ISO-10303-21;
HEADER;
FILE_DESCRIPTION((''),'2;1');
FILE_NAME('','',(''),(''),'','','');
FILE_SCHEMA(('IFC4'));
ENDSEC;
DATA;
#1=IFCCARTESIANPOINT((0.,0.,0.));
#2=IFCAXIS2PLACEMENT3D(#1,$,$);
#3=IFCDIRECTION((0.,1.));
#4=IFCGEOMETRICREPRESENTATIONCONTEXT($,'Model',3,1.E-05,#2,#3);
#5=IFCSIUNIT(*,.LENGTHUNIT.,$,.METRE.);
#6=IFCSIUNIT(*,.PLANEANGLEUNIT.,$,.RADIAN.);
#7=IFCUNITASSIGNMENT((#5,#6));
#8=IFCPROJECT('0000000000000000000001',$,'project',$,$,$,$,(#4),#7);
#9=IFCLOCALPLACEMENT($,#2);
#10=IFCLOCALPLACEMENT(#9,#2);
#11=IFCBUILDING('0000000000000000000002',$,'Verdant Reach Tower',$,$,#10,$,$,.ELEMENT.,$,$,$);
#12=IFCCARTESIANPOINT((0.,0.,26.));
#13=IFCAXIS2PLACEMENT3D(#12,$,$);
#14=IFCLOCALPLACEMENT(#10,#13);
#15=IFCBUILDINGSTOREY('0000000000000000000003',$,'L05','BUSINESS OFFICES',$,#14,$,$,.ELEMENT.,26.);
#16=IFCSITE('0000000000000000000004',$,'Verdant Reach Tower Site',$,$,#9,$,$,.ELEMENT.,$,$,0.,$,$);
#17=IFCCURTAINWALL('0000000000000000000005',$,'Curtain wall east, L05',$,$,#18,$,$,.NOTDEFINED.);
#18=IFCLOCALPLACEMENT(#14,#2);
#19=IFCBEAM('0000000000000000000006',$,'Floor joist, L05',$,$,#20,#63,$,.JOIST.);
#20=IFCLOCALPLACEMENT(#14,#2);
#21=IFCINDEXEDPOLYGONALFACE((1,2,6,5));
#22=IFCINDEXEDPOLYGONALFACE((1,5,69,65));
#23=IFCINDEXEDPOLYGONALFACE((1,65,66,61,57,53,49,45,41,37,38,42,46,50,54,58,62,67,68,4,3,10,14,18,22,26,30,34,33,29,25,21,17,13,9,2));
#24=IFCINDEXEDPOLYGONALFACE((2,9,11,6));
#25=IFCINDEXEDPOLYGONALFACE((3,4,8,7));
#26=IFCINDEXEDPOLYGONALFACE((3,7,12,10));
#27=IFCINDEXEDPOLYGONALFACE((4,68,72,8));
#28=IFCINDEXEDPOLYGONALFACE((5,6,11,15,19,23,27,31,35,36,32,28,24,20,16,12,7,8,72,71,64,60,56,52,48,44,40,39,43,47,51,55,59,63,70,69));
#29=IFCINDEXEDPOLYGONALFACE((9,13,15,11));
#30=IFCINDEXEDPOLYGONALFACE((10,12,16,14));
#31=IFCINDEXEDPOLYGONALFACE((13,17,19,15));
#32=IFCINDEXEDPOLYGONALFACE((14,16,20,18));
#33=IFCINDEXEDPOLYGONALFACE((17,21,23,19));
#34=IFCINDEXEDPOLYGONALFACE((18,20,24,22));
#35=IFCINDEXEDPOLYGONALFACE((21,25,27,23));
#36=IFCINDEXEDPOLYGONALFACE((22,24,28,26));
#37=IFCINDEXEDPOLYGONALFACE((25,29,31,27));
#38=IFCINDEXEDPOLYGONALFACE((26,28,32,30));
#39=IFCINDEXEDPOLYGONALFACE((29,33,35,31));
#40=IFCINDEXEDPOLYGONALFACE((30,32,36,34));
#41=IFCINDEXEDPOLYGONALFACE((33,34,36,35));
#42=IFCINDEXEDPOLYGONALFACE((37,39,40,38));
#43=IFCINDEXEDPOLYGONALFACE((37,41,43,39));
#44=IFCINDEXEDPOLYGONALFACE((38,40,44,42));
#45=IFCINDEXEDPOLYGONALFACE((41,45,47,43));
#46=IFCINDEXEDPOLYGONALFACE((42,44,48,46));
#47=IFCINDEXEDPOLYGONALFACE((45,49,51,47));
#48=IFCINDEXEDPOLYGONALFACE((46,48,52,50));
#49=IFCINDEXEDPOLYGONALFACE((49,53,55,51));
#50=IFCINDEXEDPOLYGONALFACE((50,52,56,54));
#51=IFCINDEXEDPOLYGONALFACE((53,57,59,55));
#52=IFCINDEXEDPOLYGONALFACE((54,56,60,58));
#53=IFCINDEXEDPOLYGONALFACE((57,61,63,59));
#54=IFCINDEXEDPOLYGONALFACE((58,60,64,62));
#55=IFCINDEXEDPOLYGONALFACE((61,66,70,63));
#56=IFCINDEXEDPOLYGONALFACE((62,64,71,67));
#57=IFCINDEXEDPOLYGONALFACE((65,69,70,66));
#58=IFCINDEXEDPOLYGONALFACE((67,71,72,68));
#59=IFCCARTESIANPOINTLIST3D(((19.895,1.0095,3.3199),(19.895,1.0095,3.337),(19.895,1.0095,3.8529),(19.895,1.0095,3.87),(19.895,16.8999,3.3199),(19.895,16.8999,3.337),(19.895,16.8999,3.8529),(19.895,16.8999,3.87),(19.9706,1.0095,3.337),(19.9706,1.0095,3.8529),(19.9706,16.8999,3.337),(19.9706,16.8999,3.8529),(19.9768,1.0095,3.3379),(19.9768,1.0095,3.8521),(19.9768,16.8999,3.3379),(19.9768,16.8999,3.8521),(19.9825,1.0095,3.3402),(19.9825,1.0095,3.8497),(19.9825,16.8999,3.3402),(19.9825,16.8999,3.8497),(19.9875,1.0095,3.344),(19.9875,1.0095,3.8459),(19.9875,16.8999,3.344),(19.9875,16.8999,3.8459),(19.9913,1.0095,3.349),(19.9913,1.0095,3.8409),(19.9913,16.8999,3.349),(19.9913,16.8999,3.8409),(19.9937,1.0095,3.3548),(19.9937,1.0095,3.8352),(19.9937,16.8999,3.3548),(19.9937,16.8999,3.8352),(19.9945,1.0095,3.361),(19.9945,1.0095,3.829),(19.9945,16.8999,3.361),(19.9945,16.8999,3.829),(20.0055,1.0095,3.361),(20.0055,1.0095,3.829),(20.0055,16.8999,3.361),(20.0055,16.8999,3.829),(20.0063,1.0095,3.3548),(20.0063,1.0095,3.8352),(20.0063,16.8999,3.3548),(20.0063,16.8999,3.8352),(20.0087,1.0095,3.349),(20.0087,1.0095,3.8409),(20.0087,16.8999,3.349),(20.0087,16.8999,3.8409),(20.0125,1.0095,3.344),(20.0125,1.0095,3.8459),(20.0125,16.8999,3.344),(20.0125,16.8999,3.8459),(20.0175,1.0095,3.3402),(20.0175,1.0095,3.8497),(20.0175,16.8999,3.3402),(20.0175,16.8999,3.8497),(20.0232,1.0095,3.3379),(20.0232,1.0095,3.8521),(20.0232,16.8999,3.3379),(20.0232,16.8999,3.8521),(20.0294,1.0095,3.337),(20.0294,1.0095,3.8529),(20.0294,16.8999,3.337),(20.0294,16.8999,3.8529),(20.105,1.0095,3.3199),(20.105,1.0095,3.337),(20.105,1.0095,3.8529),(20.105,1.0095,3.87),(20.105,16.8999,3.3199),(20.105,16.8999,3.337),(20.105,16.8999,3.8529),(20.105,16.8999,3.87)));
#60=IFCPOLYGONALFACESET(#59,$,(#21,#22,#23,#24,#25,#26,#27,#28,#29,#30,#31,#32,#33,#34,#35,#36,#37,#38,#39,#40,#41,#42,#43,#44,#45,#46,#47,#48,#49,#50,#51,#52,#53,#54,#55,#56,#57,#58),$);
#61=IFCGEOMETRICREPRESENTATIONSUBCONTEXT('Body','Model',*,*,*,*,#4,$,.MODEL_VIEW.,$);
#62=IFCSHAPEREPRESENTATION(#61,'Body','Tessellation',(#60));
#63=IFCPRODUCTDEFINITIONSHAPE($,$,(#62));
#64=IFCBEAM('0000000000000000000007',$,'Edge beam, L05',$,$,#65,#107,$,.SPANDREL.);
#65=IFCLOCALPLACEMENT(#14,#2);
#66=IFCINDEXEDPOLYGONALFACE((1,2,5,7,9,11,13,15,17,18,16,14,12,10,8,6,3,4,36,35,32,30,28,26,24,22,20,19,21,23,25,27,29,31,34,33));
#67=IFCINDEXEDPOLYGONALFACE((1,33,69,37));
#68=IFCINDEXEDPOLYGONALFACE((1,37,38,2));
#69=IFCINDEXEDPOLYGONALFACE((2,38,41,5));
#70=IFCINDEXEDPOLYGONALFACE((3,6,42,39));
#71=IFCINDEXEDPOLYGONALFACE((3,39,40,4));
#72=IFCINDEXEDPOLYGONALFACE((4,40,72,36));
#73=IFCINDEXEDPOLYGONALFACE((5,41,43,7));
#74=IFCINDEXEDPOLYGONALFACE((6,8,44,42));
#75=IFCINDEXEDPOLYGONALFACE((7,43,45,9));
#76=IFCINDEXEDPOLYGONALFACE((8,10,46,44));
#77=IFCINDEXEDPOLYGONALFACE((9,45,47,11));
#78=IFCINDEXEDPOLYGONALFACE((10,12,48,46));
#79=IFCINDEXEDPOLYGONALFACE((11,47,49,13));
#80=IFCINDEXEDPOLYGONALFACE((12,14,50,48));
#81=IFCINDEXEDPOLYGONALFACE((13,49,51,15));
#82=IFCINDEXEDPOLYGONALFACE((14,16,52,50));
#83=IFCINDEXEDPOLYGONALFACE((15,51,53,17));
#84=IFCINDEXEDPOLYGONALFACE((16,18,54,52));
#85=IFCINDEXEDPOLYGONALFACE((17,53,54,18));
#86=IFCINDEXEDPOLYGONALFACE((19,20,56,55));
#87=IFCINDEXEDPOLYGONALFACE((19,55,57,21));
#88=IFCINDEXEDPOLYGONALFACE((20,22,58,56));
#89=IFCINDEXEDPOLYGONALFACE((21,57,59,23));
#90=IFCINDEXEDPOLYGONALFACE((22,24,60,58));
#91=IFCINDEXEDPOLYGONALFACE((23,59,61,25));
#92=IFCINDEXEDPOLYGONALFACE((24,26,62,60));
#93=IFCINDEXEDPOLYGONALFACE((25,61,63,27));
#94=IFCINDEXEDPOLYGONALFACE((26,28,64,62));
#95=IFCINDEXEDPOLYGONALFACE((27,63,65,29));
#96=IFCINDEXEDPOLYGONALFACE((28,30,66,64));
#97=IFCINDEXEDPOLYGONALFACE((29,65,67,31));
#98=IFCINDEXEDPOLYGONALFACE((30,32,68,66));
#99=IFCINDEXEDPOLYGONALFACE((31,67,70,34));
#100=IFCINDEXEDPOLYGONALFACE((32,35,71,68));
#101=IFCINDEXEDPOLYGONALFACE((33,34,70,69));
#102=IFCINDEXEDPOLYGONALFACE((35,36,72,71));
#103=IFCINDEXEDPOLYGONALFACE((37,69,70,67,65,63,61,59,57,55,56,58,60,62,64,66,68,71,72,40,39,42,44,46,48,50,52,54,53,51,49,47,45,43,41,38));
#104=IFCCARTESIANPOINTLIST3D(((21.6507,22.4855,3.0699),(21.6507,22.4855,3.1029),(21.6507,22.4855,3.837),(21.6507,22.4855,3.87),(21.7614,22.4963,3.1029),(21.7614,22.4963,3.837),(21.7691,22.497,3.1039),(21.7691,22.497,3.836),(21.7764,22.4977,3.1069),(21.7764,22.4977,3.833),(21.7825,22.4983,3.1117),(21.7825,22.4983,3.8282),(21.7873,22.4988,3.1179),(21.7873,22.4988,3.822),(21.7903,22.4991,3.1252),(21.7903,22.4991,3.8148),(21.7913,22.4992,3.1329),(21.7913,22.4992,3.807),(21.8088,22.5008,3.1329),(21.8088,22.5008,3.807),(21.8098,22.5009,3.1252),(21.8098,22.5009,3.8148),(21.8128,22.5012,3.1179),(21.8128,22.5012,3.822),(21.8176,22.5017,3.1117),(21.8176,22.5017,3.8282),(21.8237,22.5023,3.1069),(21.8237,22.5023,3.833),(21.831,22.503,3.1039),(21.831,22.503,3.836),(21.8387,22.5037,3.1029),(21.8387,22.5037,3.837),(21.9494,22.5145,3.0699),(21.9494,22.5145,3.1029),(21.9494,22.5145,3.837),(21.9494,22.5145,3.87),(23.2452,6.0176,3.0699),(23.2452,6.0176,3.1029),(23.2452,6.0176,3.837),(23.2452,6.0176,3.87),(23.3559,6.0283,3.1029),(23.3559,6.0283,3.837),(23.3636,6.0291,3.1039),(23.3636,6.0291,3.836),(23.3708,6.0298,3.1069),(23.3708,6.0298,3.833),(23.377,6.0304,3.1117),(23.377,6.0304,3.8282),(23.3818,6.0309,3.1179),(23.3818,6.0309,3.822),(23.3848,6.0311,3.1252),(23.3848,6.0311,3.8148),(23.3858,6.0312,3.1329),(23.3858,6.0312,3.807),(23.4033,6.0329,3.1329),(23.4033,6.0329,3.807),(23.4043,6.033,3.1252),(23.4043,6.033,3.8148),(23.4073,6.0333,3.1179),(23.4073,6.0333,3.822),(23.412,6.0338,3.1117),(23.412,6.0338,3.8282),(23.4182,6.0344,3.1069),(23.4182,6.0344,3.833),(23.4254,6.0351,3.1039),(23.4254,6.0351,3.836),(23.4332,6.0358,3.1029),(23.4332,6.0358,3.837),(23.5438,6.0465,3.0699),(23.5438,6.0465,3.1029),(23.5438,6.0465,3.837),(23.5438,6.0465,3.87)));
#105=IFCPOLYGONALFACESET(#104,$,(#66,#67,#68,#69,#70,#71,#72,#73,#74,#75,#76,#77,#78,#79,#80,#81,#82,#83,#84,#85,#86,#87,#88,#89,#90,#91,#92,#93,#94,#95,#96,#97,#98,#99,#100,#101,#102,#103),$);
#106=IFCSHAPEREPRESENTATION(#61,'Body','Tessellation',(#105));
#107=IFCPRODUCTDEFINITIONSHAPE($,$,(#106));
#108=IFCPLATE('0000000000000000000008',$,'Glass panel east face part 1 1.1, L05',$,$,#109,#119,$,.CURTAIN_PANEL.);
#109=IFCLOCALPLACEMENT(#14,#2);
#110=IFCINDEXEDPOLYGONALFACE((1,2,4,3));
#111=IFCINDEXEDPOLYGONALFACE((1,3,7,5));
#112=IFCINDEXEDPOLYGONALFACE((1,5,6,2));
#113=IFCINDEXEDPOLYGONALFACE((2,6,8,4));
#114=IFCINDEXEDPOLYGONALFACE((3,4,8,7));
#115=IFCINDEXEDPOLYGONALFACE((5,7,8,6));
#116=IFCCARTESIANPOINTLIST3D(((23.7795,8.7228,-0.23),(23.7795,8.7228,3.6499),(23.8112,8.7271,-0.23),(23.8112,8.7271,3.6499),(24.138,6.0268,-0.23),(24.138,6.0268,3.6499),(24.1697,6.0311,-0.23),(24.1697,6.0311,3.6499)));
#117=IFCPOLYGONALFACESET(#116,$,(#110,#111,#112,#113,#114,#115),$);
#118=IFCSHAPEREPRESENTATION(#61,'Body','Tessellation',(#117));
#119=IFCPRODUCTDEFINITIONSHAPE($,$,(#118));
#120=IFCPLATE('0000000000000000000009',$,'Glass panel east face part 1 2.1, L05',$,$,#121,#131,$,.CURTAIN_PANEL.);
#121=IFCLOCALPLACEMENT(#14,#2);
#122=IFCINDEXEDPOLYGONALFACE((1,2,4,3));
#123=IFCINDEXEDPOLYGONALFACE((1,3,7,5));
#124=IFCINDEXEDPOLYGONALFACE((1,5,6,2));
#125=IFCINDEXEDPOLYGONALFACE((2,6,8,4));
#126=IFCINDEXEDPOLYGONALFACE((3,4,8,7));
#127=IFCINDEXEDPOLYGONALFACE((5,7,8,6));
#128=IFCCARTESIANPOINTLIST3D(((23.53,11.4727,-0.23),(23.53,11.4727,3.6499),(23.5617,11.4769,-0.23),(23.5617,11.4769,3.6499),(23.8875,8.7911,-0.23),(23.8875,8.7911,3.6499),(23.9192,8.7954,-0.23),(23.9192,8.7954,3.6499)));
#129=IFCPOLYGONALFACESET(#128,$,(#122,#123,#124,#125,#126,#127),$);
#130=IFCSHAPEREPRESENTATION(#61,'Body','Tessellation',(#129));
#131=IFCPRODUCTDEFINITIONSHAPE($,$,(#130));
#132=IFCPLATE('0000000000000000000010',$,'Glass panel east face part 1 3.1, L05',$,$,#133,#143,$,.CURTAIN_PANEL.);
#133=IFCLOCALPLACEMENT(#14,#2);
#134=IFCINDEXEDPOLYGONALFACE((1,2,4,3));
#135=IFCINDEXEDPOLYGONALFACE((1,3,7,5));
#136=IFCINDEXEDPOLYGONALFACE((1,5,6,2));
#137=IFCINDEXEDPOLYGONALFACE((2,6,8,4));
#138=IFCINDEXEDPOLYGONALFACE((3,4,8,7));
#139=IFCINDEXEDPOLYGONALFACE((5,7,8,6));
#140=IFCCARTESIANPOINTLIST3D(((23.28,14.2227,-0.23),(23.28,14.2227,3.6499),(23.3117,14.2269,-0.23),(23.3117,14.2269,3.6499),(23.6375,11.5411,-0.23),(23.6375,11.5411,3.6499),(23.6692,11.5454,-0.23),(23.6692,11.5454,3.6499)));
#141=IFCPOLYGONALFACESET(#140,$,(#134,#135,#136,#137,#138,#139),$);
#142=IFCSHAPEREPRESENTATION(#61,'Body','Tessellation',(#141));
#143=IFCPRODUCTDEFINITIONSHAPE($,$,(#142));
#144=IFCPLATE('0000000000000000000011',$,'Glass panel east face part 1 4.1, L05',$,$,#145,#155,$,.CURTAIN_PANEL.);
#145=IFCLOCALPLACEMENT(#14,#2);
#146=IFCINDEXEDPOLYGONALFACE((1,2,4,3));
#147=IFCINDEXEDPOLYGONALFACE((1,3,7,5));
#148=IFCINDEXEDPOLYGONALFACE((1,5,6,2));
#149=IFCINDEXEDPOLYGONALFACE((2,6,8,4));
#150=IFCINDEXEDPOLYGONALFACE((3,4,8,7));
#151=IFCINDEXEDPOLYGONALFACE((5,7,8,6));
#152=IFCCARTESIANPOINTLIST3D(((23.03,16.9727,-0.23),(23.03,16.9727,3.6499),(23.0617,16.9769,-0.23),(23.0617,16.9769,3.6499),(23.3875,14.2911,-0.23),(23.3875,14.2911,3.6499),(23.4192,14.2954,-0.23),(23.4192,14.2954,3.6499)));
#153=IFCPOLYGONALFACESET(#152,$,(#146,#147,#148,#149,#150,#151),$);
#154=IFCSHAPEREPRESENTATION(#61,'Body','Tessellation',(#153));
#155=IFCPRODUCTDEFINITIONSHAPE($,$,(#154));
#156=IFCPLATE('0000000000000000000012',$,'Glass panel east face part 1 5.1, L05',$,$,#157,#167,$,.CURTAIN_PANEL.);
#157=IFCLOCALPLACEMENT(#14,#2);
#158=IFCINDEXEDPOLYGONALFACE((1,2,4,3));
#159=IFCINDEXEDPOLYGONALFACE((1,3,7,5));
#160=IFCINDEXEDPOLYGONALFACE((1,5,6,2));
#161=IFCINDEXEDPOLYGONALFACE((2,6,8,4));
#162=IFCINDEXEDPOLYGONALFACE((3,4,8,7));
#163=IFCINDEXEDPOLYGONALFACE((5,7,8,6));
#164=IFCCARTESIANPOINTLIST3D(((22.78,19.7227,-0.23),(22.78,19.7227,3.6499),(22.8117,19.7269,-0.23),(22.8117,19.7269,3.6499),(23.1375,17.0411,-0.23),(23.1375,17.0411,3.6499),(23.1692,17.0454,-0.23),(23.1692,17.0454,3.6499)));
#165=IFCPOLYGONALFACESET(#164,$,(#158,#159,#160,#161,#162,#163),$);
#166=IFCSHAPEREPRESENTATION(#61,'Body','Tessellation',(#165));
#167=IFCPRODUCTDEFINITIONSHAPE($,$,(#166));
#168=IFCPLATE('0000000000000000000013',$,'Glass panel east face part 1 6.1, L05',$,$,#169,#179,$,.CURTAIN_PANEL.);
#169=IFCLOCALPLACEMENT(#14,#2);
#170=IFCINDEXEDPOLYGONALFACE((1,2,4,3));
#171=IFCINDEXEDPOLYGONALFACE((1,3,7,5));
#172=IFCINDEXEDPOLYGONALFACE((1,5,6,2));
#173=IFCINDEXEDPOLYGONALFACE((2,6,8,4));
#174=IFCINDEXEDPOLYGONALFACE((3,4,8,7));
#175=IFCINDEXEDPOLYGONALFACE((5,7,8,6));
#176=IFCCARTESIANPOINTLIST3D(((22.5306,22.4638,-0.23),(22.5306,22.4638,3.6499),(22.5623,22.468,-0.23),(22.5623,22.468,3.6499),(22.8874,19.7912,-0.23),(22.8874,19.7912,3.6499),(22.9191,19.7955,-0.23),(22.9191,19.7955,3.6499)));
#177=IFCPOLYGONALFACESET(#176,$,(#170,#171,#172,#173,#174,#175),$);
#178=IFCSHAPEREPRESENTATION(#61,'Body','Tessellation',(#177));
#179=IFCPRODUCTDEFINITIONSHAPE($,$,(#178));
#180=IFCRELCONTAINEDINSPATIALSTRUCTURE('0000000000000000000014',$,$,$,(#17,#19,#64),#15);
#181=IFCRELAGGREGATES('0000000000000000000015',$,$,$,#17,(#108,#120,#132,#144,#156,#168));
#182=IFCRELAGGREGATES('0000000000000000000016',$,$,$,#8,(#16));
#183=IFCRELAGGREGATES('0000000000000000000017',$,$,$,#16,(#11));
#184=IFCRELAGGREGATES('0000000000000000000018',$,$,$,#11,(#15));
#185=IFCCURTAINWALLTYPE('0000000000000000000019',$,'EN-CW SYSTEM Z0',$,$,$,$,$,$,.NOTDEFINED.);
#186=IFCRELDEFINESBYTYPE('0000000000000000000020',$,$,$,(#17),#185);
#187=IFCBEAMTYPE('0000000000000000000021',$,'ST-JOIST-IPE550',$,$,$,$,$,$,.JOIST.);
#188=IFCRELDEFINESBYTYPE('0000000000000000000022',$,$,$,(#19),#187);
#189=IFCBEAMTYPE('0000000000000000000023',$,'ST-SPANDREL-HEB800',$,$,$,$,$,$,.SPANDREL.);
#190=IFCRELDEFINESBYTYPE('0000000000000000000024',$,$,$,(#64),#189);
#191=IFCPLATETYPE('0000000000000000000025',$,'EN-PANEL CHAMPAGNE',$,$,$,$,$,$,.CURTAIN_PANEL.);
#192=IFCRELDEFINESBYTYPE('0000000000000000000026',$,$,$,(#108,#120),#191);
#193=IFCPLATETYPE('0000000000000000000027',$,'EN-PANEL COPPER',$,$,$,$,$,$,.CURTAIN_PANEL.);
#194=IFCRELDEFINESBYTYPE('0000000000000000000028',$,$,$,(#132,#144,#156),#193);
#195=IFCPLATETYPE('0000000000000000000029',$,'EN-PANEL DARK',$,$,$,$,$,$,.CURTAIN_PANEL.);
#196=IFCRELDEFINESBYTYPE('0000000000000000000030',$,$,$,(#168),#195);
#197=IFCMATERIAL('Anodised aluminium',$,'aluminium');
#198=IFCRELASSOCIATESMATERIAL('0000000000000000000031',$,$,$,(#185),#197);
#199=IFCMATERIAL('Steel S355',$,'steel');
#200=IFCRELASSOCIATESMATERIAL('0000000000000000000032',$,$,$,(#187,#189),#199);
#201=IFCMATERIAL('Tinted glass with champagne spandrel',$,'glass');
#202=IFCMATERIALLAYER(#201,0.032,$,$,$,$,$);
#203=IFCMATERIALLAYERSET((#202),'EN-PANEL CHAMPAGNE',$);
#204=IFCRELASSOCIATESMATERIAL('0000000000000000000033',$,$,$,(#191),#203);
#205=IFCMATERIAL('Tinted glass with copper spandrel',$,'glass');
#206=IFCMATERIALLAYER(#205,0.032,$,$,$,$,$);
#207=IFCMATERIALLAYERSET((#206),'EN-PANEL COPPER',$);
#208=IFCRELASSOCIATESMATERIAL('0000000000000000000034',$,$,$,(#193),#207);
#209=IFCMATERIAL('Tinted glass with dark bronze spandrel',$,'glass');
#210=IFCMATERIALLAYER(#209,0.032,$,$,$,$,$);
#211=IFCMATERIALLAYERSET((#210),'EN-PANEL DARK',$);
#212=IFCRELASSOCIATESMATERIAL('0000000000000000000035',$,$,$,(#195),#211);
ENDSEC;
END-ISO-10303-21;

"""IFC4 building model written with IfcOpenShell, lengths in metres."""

from ifc_helpers import new_model, si_unit, direction, frame, origin, origin_2d, place, context, subcontext, project, spatial, rectangle, i_section, extrude, material, layer, layer_set, material_profile, profile_set, type_object, element, aggregate, save


model = new_model("IFC4")

# Units and contexts
model_context = context("Model", 3, precision=1e-05, world=origin(), true_north=direction((0.0, 1.0)))
body_context = subcontext(model_context, "Body", "Model", "MODEL_VIEW")
ifc_project = project(units=[si_unit("LENGTHUNIT", "METRE"), si_unit("PLANEANGLEUNIT", "RADIAN")], contexts=[model_context])

# Site, building, storey
site_placement = place(None, origin())
site = spatial("IfcSite", under=ifc_project, at=site_placement, Name="Verdant Reach Tower Site", CompositionType="ELEMENT", RefElevation=0.0)
building_placement = place(site_placement, origin())
building = spatial("IfcBuilding", under=site, at=building_placement, Name="Verdant Reach Tower", CompositionType="ELEMENT")
storey_placement = place(building_placement, frame((0.0, 0.0, 26.0)))
storey = spatial("IfcBuildingStorey", under=building, at=storey_placement, Name="L05", Description="BUSINESS OFFICES", CompositionType="ELEMENT", Elevation=26.0)

# Curtain wall
ifc_material_1 = material(Name="Anodised aluminium", Category="aluminium")
curtain_wall_type = type_object("IfcCurtainWallType", Name="EN-CW SYSTEM Z0", PredefinedType="NOTDEFINED", material=ifc_material_1)
curtain_wall_placement = place(storey_placement, origin())
curtain_wall = element("IfcCurtainWall", 1, at=curtain_wall_placement, inside=storey, type_object=curtain_wall_type, Name="Curtain wall east, L05", PredefinedType="NOTDEFINED")

# Beams
ifc_material_2 = material(Name="Steel S355", Category="steel")
ifc_material_profile_1 = material_profile(ifc_material_2, i_section(OverallWidth=0.21, OverallDepth=0.55, WebThickness=0.011, FlangeThickness=0.0171, FilletRadius=0.0239, at=origin_2d()), Name="IPE 550")
ifc_profile_set_1 = profile_set([ifc_material_profile_1], Name="Steel S355")
beam_type_1 = type_object("IfcBeamType", Name="ST-JOIST-IPE550", PredefinedType="JOIST", material=ifc_profile_set_1)
beam_1_placement = place(storey_placement, frame((20.0, 16.8999, 3.595), z_axis=(0.0, -1.0, 0.0), x_axis=(1.0, 0.0, 0.0)))
element("IfcBeam", 2, at=beam_1_placement, inside=storey, type_object=beam_type_1, Name="Floor joist, L05", PredefinedType="JOIST", context=body_context, shape_type="SweptSolid", body=[
    extrude(i_section(OverallWidth=0.21, OverallDepth=0.55, WebThickness=0.011, FlangeThickness=0.0171, FilletRadius=0.0239, at=origin_2d()), origin(), (0.0, 0.0, 1.0), 15.8904),
])
ifc_material_profile_2 = material_profile(ifc_material_2, i_section(OverallWidth=0.3, OverallDepth=0.8, WebThickness=0.0176, FlangeThickness=0.033, FilletRadius=0.03, at=origin_2d()), Name="HEB 800")
ifc_profile_set_2 = profile_set([ifc_material_profile_2], Name="Steel S355")
beam_type_2 = type_object("IfcBeamType", Name="ST-SPANDREL-HEB800", PredefinedType="SPANDREL", material=ifc_profile_set_2)
beam_2_placement = place(storey_placement, frame((21.8, 22.5, 3.47), z_axis=(0.096372, -0.995345, 0.0), x_axis=(0.995345, 0.096372, 0.0)))
element("IfcBeam", 3, at=beam_2_placement, inside=storey, type_object=beam_type_2, Name="Edge beam, L05", PredefinedType="SPANDREL", context=body_context, shape_type="SweptSolid", body=[
    extrude(i_section(OverallWidth=0.3, OverallDepth=0.8, WebThickness=0.0176, FlangeThickness=0.033, FilletRadius=0.03, at=origin_2d()), origin(), (0.0, 0.0, 1.0), 16.5449),
])

# Plates
ifc_material_3 = material(Name="Tinted glass with champagne spandrel", Category="glass")
ifc_layer_1 = layer(ifc_material_3, 0.032)
ifc_layer_set_1 = layer_set([ifc_layer_1], Name="EN-PANEL CHAMPAGNE")
plate_type_1 = type_object("IfcPlateType", Name="EN-PANEL CHAMPAGNE", PredefinedType="CURTAIN_PANEL", material=ifc_layer_set_1)
plate_1_placement = place(storey_placement, frame((23.9746, 7.377, -0.23), z_axis=(0.0, 0.0, 1.0), x_axis=(-0.131793, 0.991277, 0.0)))
plate_1 = element("IfcPlate", 4, at=plate_1_placement, type_object=plate_type_1, Name="Glass panel east face part 1 1.1, L05", PredefinedType="CURTAIN_PANEL", context=body_context, shape_type="SweptSolid", body=[
    extrude(rectangle(XDim=2.7197, YDim=0.032, at=origin_2d()), origin(), (0.0, 0.0, 1.0), 3.8799),
])
plate_2_placement = place(storey_placement, frame((23.7246, 10.134, -0.23), z_axis=(0.0, 0.0, 1.0), x_axis=(-0.13216, 0.991228, 0.0)))
plate_2 = element("IfcPlate", 5, at=plate_2_placement, type_object=plate_type_1, Name="Glass panel east face part 1 2.1, L05", PredefinedType="CURTAIN_PANEL", context=body_context, shape_type="SweptSolid", body=[
    extrude(rectangle(XDim=2.7053, YDim=0.032, at=origin_2d()), origin(), (0.0, 0.0, 1.0), 3.8799),
])
ifc_material_4 = material(Name="Tinted glass with copper spandrel", Category="glass")
ifc_layer_2 = layer(ifc_material_4, 0.032)
ifc_layer_set_2 = layer_set([ifc_layer_2], Name="EN-PANEL COPPER")
plate_type_2 = type_object("IfcPlateType", Name="EN-PANEL COPPER", PredefinedType="CURTAIN_PANEL", material=ifc_layer_set_2)
plate_3_placement = place(storey_placement, frame((23.4746, 12.884, -0.23), z_axis=(0.0, 0.0, 1.0), x_axis=(-0.13216, 0.991228, 0.0)))
plate_3 = element("IfcPlate", 6, at=plate_3_placement, type_object=plate_type_2, Name="Glass panel east face part 1 3.1, L05", PredefinedType="CURTAIN_PANEL", context=body_context, shape_type="SweptSolid", body=[
    extrude(rectangle(XDim=2.7053, YDim=0.032, at=origin_2d()), origin(), (0.0, 0.0, 1.0), 3.8799),
])
plate_4_placement = place(storey_placement, frame((23.2246, 15.634, -0.23), z_axis=(0.0, 0.0, 1.0), x_axis=(-0.13216, 0.991228, 0.0)))
plate_4 = element("IfcPlate", 7, at=plate_4_placement, type_object=plate_type_2, Name="Glass panel east face part 1 4.1, L05", PredefinedType="CURTAIN_PANEL", context=body_context, shape_type="SweptSolid", body=[
    extrude(rectangle(XDim=2.7053, YDim=0.032, at=origin_2d()), origin(), (0.0, 0.0, 1.0), 3.8799),
])
plate_5_placement = place(storey_placement, frame((22.9746, 18.384, -0.23), z_axis=(0.0, 0.0, 1.0), x_axis=(-0.13216, 0.991228, 0.0)))
plate_5 = element("IfcPlate", 8, at=plate_5_placement, type_object=plate_type_2, Name="Glass panel east face part 1 5.1, L05", PredefinedType="CURTAIN_PANEL", context=body_context, shape_type="SweptSolid", body=[
    extrude(rectangle(XDim=2.7053, YDim=0.032, at=origin_2d()), origin(), (0.0, 0.0, 1.0), 3.8799),
])
ifc_material_5 = material(Name="Tinted glass with dark bronze spandrel", Category="glass")
ifc_layer_3 = layer(ifc_material_5, 0.032)
ifc_layer_set_3 = layer_set([ifc_layer_3], Name="EN-PANEL DARK")
plate_type_3 = type_object("IfcPlateType", Name="EN-PANEL DARK", PredefinedType="CURTAIN_PANEL", material=ifc_layer_set_3)
plate_6_placement = place(storey_placement, frame((22.7249, 21.1296, -0.23), z_axis=(0.0, 0.0, 1.0), x_axis=(-0.132308, 0.991209, 0.0)))
plate_6 = element("IfcPlate", 9, at=plate_6_placement, type_object=plate_type_3, Name="Glass panel east face part 1 6.1, L05", PredefinedType="CURTAIN_PANEL", context=body_context, shape_type="SweptSolid", body=[
    extrude(rectangle(XDim=2.6963, YDim=0.032, at=origin_2d()), origin(), (0.0, 0.0, 1.0), 3.8799),
])
aggregate(curtain_wall, [plate_1, plate_2, plate_3, plate_4, plate_5, plate_6])

save(model, "model.ifc")
